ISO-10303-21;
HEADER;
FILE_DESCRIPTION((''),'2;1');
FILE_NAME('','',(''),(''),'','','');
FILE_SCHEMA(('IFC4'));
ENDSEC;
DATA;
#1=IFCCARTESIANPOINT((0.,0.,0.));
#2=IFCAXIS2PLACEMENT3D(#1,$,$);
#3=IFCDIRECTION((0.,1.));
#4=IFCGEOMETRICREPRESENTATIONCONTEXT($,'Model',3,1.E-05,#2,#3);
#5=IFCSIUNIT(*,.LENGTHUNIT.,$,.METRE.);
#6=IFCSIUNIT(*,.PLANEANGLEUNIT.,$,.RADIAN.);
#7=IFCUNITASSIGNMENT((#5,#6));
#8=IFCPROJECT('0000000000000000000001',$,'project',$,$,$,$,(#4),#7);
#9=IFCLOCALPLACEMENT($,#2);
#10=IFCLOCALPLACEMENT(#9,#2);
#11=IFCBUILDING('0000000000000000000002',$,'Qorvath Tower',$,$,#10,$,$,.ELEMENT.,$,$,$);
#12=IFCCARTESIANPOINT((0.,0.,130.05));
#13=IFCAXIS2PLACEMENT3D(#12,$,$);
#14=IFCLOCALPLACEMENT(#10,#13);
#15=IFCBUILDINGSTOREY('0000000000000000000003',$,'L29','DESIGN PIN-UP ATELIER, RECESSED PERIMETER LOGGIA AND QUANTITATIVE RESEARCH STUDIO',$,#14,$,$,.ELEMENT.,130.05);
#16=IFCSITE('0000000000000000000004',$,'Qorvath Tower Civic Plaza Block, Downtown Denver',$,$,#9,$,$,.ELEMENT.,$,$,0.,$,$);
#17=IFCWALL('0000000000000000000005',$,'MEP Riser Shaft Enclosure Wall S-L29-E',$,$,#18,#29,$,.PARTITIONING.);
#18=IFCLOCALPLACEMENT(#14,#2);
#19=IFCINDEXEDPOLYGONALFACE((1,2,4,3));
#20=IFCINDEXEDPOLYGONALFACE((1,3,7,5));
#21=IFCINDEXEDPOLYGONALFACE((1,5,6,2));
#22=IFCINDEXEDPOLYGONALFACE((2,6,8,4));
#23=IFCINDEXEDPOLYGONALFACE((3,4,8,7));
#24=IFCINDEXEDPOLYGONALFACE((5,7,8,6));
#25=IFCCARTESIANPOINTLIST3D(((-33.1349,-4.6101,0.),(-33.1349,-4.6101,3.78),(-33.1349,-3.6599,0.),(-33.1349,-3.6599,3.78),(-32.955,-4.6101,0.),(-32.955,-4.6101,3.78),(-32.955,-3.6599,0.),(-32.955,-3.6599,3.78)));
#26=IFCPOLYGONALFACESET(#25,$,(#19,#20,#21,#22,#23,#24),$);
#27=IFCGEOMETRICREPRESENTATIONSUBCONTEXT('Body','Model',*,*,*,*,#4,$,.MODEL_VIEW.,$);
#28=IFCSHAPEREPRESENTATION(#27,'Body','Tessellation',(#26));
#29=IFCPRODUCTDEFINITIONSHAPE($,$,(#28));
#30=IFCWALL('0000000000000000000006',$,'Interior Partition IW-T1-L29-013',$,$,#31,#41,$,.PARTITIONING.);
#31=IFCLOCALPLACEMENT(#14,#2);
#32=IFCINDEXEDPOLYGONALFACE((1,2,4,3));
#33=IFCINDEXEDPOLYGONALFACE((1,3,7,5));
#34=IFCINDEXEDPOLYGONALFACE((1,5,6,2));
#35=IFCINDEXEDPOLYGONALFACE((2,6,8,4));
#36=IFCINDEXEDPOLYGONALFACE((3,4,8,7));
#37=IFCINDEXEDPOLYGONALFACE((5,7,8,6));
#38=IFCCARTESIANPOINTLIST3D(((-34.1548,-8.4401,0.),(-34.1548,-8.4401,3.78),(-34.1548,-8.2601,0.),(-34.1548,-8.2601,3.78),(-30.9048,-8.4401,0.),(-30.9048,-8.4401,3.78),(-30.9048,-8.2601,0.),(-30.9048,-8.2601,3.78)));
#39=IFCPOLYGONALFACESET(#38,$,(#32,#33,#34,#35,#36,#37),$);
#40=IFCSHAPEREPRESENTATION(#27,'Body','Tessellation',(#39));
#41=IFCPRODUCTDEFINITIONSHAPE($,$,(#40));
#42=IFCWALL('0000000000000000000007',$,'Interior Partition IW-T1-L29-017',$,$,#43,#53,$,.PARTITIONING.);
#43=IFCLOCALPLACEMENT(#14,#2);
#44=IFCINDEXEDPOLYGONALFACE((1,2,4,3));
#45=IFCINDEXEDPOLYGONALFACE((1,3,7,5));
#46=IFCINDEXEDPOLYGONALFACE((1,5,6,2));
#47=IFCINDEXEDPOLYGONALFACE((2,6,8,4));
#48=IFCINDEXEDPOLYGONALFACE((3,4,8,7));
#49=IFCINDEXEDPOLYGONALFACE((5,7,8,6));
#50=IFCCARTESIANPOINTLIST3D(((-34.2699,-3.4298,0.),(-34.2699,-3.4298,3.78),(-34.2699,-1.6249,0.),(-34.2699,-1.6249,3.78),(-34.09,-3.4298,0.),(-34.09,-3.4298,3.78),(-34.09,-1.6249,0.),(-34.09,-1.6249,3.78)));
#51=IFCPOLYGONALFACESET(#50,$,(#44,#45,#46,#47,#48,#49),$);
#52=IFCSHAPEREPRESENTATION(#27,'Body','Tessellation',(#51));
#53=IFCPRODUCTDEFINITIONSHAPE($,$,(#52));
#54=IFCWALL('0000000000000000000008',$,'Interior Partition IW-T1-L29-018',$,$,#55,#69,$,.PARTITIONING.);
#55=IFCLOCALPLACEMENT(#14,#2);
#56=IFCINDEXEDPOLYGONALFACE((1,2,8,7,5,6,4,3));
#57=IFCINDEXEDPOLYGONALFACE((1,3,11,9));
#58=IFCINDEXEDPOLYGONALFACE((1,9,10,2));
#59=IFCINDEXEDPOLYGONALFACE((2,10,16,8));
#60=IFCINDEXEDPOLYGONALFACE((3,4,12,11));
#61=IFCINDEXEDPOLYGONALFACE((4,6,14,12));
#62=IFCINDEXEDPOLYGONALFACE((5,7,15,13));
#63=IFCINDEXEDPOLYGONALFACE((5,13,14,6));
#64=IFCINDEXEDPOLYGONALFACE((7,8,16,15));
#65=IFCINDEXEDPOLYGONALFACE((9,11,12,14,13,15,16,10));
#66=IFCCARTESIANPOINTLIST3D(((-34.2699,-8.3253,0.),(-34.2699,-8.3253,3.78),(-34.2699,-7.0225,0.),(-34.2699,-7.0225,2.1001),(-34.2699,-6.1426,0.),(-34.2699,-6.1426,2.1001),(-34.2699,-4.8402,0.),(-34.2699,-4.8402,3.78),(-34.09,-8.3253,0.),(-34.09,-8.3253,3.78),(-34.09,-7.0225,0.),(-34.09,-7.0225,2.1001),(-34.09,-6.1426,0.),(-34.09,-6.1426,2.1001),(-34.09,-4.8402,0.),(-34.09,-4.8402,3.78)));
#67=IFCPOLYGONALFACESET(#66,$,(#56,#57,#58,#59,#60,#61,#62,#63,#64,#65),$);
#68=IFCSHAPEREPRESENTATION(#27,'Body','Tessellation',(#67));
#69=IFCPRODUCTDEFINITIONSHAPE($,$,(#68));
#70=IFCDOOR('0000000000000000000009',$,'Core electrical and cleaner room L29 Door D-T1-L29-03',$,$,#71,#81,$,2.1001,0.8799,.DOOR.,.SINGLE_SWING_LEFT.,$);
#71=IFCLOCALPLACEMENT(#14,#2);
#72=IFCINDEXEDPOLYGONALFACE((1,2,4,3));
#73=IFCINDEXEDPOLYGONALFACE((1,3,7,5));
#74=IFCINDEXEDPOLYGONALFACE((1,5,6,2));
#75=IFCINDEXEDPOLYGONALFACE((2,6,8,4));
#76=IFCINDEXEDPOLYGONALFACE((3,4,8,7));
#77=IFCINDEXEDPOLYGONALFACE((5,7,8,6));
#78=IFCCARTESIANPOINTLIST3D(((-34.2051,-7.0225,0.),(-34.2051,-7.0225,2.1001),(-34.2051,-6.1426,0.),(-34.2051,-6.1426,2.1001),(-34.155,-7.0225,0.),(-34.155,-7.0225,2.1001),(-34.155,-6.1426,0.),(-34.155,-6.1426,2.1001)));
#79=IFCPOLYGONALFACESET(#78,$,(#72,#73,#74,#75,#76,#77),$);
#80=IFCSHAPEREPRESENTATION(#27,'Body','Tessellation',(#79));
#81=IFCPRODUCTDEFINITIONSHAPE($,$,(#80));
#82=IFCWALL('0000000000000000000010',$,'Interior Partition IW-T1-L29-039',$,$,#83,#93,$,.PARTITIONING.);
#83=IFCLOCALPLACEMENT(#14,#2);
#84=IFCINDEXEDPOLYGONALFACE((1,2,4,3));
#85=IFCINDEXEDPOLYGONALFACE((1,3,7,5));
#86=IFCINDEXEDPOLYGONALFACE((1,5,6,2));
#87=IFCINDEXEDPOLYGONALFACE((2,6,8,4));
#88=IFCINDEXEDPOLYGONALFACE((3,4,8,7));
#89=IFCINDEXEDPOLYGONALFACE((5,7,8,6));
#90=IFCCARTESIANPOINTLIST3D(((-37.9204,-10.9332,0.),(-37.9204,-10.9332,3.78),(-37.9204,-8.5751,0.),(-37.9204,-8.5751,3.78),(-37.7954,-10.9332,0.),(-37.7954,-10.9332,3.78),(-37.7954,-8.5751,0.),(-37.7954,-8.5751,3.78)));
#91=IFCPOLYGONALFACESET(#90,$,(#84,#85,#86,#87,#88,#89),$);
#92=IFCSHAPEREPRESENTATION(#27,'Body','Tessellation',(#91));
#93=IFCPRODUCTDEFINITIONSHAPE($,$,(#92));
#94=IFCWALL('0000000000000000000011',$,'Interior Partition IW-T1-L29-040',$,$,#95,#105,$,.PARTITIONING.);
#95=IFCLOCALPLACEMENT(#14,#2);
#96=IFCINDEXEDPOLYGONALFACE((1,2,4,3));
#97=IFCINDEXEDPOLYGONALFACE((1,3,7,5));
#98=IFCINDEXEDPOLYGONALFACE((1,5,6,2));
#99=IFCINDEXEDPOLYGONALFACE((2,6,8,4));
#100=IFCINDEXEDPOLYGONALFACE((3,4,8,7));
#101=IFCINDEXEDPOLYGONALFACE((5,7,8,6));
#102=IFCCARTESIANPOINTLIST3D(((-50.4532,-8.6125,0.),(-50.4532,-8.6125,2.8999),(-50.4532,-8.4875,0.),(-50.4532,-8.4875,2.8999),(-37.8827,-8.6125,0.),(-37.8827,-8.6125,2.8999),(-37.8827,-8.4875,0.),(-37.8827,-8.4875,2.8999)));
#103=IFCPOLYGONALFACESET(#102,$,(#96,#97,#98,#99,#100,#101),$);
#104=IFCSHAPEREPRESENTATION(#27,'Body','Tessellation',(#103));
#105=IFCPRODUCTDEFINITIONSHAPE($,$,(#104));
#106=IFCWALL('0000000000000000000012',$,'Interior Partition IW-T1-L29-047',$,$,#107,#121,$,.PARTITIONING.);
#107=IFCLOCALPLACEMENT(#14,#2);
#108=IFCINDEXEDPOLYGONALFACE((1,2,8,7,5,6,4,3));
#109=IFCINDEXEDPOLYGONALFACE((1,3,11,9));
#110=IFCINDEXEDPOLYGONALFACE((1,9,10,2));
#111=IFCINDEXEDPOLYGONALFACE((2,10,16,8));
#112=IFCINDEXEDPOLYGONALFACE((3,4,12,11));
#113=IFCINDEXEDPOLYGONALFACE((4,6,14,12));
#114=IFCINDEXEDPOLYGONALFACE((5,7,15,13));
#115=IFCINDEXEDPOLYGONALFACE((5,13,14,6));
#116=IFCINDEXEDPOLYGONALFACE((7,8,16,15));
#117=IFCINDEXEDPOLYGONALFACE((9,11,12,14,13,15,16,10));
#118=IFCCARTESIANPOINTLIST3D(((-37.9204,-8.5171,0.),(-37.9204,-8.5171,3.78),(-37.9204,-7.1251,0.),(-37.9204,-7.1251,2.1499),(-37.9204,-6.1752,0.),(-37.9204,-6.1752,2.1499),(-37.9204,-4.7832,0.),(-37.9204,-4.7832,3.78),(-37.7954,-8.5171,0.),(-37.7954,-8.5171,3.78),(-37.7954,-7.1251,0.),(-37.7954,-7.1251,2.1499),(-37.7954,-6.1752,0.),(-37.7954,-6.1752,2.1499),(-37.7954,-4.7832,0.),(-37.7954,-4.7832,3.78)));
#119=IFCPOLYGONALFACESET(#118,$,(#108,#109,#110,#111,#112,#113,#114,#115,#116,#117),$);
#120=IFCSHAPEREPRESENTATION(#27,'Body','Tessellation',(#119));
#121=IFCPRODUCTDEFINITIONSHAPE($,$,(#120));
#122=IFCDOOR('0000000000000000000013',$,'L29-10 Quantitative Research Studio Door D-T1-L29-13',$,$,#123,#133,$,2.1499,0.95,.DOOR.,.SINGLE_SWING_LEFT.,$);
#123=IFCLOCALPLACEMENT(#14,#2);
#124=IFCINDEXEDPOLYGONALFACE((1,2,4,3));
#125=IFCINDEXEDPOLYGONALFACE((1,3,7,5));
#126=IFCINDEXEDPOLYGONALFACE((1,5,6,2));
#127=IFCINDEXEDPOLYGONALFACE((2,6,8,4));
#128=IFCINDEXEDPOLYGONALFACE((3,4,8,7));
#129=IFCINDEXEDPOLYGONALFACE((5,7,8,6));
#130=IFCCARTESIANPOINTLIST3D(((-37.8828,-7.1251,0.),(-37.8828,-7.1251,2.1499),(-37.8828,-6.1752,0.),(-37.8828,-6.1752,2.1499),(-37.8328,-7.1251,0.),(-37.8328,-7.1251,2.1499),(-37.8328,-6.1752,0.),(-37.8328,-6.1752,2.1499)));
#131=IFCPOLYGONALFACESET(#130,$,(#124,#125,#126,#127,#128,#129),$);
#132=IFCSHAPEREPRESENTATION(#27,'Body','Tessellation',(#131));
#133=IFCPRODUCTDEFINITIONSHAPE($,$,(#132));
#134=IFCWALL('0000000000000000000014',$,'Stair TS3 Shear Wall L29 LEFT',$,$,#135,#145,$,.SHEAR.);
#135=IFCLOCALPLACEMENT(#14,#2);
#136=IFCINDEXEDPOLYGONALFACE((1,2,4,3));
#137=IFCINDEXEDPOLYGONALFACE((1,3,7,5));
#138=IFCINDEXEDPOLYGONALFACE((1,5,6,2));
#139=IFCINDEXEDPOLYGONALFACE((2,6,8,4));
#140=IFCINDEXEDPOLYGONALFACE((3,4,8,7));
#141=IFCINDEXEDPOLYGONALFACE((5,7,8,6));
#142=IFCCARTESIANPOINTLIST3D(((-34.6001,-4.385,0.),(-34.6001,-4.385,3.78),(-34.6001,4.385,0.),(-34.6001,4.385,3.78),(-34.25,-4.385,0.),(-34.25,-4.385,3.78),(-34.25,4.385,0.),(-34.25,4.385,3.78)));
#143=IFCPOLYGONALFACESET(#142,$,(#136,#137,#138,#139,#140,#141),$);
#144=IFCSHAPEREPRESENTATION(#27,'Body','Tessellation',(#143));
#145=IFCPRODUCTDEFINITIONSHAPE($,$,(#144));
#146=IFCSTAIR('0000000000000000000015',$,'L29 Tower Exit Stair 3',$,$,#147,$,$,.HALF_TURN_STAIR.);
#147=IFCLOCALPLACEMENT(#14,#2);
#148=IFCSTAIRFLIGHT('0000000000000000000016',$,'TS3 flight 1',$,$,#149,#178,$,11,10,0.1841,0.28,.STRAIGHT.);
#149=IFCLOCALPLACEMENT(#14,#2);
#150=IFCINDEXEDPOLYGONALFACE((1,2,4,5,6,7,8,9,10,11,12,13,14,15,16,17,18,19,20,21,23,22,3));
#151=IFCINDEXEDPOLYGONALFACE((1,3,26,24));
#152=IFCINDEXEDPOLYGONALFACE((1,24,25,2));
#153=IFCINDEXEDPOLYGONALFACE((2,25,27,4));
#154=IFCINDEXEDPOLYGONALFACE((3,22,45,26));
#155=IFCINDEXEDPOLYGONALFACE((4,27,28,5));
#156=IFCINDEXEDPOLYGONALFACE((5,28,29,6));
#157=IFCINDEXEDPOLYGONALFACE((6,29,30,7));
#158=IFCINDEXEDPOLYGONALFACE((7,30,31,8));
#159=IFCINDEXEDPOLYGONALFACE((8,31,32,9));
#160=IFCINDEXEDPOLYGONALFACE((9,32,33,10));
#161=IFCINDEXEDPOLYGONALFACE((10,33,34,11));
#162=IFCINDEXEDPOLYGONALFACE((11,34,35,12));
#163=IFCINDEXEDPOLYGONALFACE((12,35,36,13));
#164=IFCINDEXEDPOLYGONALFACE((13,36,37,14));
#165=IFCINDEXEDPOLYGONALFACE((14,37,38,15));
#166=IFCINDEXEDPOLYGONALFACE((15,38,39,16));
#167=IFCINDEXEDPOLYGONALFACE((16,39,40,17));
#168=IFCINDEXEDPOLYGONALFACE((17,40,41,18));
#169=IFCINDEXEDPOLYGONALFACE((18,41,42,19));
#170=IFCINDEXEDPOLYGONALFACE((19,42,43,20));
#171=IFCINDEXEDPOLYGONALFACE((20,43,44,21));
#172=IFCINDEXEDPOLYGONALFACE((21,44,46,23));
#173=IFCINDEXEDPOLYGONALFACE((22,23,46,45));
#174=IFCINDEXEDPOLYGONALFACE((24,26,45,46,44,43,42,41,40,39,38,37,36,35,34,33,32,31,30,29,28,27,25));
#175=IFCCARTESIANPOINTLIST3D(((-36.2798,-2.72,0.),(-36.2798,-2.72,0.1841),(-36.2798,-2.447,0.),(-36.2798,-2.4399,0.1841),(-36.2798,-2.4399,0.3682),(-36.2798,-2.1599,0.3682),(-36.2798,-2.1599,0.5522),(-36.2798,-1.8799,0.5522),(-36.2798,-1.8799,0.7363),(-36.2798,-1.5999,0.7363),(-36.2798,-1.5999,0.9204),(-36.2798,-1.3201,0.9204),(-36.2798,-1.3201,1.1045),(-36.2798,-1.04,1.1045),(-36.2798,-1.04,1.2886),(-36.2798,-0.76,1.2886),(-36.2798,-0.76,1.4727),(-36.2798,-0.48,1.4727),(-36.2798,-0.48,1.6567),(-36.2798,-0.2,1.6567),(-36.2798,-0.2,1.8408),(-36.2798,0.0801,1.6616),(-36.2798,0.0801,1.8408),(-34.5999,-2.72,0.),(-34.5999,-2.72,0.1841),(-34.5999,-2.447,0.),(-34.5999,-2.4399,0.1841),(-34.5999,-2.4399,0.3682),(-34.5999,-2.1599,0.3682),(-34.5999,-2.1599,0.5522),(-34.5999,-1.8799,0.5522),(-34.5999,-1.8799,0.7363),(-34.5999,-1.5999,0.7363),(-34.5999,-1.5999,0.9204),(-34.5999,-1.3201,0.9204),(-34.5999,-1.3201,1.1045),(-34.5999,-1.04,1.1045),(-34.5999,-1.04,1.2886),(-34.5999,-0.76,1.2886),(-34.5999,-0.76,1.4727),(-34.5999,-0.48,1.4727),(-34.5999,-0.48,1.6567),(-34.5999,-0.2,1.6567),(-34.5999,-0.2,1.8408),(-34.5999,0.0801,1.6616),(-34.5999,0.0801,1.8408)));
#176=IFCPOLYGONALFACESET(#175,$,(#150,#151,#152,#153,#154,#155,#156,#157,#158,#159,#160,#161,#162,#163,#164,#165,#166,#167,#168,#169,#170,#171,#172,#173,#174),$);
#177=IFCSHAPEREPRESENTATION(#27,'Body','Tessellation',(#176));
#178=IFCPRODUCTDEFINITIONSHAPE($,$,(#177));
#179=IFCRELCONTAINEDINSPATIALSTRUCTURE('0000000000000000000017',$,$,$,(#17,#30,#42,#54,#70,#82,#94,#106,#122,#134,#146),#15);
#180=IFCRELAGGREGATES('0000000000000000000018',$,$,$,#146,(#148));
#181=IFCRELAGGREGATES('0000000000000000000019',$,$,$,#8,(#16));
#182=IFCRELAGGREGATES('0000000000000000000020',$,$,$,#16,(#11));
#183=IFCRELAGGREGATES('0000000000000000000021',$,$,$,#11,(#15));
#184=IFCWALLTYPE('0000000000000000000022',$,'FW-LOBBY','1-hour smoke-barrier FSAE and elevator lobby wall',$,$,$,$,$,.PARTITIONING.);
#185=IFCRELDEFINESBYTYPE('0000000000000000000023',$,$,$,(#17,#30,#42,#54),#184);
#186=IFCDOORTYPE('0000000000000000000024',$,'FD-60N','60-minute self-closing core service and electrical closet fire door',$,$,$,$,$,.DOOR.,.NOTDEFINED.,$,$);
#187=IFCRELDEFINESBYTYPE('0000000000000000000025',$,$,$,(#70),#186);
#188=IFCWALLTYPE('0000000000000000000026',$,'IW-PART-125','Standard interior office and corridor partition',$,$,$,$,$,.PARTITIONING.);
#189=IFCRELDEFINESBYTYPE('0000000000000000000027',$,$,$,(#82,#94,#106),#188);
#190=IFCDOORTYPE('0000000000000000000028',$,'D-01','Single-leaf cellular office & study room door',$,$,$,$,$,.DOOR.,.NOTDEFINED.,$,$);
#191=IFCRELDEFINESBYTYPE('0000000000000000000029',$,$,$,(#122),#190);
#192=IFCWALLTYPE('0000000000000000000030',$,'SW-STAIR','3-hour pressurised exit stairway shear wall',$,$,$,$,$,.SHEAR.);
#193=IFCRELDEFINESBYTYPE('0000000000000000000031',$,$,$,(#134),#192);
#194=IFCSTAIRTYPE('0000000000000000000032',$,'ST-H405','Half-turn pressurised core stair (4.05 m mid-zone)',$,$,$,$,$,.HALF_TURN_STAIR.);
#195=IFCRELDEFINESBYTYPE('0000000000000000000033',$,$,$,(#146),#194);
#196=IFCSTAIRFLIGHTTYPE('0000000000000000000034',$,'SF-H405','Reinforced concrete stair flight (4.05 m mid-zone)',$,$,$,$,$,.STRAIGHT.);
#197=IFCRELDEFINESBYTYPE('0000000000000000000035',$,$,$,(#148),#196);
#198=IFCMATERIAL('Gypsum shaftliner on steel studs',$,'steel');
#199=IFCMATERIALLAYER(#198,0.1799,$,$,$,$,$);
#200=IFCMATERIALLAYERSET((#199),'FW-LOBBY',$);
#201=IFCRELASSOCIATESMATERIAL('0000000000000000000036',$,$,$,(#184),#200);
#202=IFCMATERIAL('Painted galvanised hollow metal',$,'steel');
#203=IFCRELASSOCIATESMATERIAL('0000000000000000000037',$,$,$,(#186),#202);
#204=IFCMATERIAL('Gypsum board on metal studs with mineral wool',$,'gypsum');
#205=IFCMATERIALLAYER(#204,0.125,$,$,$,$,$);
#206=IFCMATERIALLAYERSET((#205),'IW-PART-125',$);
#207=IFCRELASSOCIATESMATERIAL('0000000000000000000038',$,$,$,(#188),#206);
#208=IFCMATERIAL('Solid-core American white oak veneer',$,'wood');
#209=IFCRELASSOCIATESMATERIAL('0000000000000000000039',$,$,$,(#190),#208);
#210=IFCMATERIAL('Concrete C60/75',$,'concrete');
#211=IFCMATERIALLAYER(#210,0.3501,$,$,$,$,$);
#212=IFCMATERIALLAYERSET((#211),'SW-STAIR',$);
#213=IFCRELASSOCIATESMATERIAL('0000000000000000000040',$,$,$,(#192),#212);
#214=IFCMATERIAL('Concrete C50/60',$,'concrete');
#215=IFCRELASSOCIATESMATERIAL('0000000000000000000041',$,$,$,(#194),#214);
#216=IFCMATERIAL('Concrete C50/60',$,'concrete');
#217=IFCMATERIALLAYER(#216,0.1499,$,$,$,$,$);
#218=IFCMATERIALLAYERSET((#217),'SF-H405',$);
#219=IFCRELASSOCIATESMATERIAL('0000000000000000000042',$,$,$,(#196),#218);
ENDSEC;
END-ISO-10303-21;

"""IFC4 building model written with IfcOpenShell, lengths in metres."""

from ifc_helpers import new_model, si_unit, direction, frame, frame_2d, origin, place, context, subcontext, project, spatial, polyline, rectangle, outline, extrude, material, layer, layer_set, type_object, element, fill, aggregate, save


model = new_model("IFC4")

# Units and contexts
model_context = context("Model", 3, precision=1e-05, world=origin(), true_north=direction((0.0, 1.0)))
body_context = subcontext(model_context, "Body", "Model", "MODEL_VIEW")
ifc_project = project(units=[si_unit("LENGTHUNIT", "METRE"), si_unit("PLANEANGLEUNIT", "RADIAN")], contexts=[model_context])

# Site, building, storey
site_placement = place(None, origin())
site = spatial("IfcSite", under=ifc_project, at=site_placement, Name="Qorvath Tower Civic Plaza Block, Downtown Denver", CompositionType="ELEMENT", RefElevation=0.0)
building_placement = place(site_placement, origin())
building = spatial("IfcBuilding", under=site, at=building_placement, Name="Qorvath Tower", CompositionType="ELEMENT")
storey_placement = place(building_placement, frame((0.0, 0.0, 130.05)))
storey = spatial("IfcBuildingStorey", under=building, at=storey_placement, Name="L29", Description="DESIGN PIN-UP ATELIER, RECESSED PERIMETER LOGGIA AND QUANTITATIVE RESEARCH STUDIO", CompositionType="ELEMENT", Elevation=130.05)

# Walls
ifc_material_1 = material(Name="Gypsum shaftliner on steel studs", Category="steel")
ifc_layer_1 = layer(ifc_material_1, 0.1799)
ifc_layer_set_1 = layer_set([ifc_layer_1], Name="FW-LOBBY")
wall_type_1 = type_object("IfcWallType", Name="FW-LOBBY", Description="1-hour smoke-barrier FSAE and elevator lobby wall", PredefinedType="PARTITIONING", material=ifc_layer_set_1)
for number, where, z_axis, x_axis, name in (
    (1, (-33.0449, -3.6599, 0.0), (0.0, 0.0, 1.0), (0.0, -1.0, 0.0), "MEP Riser Shaft Enclosure Wall S-L29-E"),
):
    element("IfcWall", number, at=place(storey_placement, frame(where, z_axis=z_axis, x_axis=x_axis)), inside=storey, type_object=wall_type_1, Name=name, PredefinedType="PARTITIONING", context=body_context, shape_type="SweptSolid", body=[
        extrude(rectangle(XDim=0.9502, YDim=0.1799, at=frame_2d((0.4751, 0.0))), origin(), (0.0, 0.0, 1.0), 3.78),
    ])
wall_1_placement = place(storey_placement, frame((-34.1548, -8.3501, 0.0), z_axis=(0.0, 0.0, 1.0), x_axis=(1.0, 0.0, 0.0)))
element("IfcWall", 2, at=wall_1_placement, inside=storey, type_object=wall_type_1, Name="Interior Partition IW-T1-L29-013", PredefinedType="PARTITIONING", context=body_context, shape_type="SweptSolid", body=[
    extrude(rectangle(XDim=3.25, YDim=0.1799, at=frame_2d((1.625, 0.0))), origin(), (0.0, 0.0, 1.0), 3.78),
])
wall_2_placement = place(storey_placement, frame((-34.1799, -1.625, 0.0), z_axis=(0.0, 0.0, 1.0), x_axis=(0.0, -1.0, 0.0)))
element("IfcWall", 3, at=wall_2_placement, inside=storey, type_object=wall_type_1, Name="Interior Partition IW-T1-L29-017", PredefinedType="PARTITIONING", context=body_context, shape_type="SweptSolid", body=[
    extrude(rectangle(XDim=1.8049, YDim=0.1799, at=frame_2d((0.9023, 0.0))), origin(), (0.0, 0.0, 1.0), 3.78),
])

# Wall, opening, door
wall_3_placement = place(storey_placement, frame((-34.1799, -4.8401, 0.0), z_axis=(0.0, 0.0, 1.0), x_axis=(0.0, -1.0, 0.0)))
wall_3 = element("IfcWall", 4, at=wall_3_placement, inside=storey, type_object=wall_type_1, Name="Interior Partition IW-T1-L29-018", PredefinedType="PARTITIONING", context=body_context, shape_type="SweptSolid", body=[
    extrude(rectangle(XDim=3.4851, YDim=0.1799, at=frame_2d((1.7427, 0.0))), origin(), (0.0, 0.0, 1.0), 3.78),
])
opening_1_placement = place(wall_3_placement, frame((1.3025, 0.0, 0.0)))
opening_1 = element("IfcOpeningElement", 5, at=opening_1_placement, cuts=wall_3, PredefinedType="OPENING", context=body_context, shape_type="SweptSolid", body=[
    extrude(rectangle(XDim=0.8799, YDim=2.1001, at=frame_2d((0.4399, 1.05))), frame((0.0, 0.1001, 0.0), z_axis=(0.0, -1.0, 0.0), x_axis=(1.0, 0.0, 0.0)), (0.0, 0.0, 1.0), 0.2),
])
ifc_material_2 = material(Name="Painted galvanised hollow metal", Category="steel")
door_type_1 = type_object("IfcDoorType", Name="FD-60N", Description="60-minute self-closing core service and electrical closet fire door", OperationType="NOTDEFINED", PredefinedType="DOOR", material=ifc_material_2)
door_1_placement = place(opening_1_placement, origin())
door_1 = element("IfcDoor", 6, at=door_1_placement, inside=storey, type_object=door_type_1, Name="Core electrical and cleaner room L29 Door D-T1-L29-03", OperationType="SINGLE_SWING_LEFT", OverallHeight=2.1001, OverallWidth=0.8799, PredefinedType="DOOR", context=body_context, shape_type="SweptSolid", body=[
    extrude(rectangle(XDim=0.8799, YDim=2.1001, at=frame_2d((0.4399, 1.05))), frame((0.0, 0.0249, 0.0), z_axis=(0.0, -1.0, 0.0), x_axis=(1.0, 0.0, 0.0)), (0.0, 0.0, 1.0), 0.05),
])
fill(opening_1, door_1)

# Walls
ifc_material_3 = material(Name="Gypsum board on metal studs with mineral wool", Category="gypsum")
ifc_layer_2 = layer(ifc_material_3, 0.125)
ifc_layer_set_2 = layer_set([ifc_layer_2], Name="IW-PART-125")
wall_type_2 = type_object("IfcWallType", Name="IW-PART-125", Description="Standard interior office and corridor partition", PredefinedType="PARTITIONING", material=ifc_layer_set_2)
wall_4_placement = place(storey_placement, frame((-37.8579, -8.575, 0.0), z_axis=(0.0, 0.0, 1.0), x_axis=(0.0, -1.0, 0.0)))
element("IfcWall", 7, at=wall_4_placement, inside=storey, type_object=wall_type_2, Name="Interior Partition IW-T1-L29-039", PredefinedType="PARTITIONING", context=body_context, shape_type="SweptSolid", body=[
    extrude(rectangle(XDim=2.3582, YDim=0.125, at=frame_2d((1.1792, 0.0))), origin(), (0.0, 0.0, 1.0), 3.78),
])
wall_5_placement = place(storey_placement, frame((-37.8828, -8.55, 0.0), z_axis=(0.0, 0.0, 1.0), x_axis=(-1.0, 0.0, 0.0)))
element("IfcWall", 8, at=wall_5_placement, inside=storey, type_object=wall_type_2, Name="Interior Partition IW-T1-L29-040", PredefinedType="PARTITIONING", context=body_context, shape_type="SweptSolid", body=[
    extrude(rectangle(XDim=12.5706, YDim=0.125, at=frame_2d((6.2852, 0.0))), origin(), (0.0, 0.0, 1.0), 2.8999),
])

# Wall, opening, door
wall_6_placement = place(storey_placement, frame((-37.8579, -8.5171, 0.0), z_axis=(0.0, 0.0, 1.0), x_axis=(0.0, 1.0, 0.0)))
wall_6 = element("IfcWall", 9, at=wall_6_placement, inside=storey, type_object=wall_type_2, Name="Interior Partition IW-T1-L29-047", PredefinedType="PARTITIONING", context=body_context, shape_type="SweptSolid", body=[
    extrude(rectangle(XDim=3.7339, YDim=0.125, at=frame_2d((1.8669, 0.0))), origin(), (0.0, 0.0, 1.0), 3.78),
])
opening_2_placement = place(wall_6_placement, frame((1.3918, 0.0, 0.0)))
opening_2 = element("IfcOpeningElement", 10, at=opening_2_placement, cuts=wall_6, PredefinedType="OPENING", context=body_context, shape_type="SweptSolid", body=[
    extrude(rectangle(XDim=0.95, YDim=2.1499, at=frame_2d((0.4751, 1.075))), frame((0.0, 0.0725, 0.0), z_axis=(0.0, -1.0, 0.0), x_axis=(1.0, 0.0, 0.0)), (0.0, 0.0, 1.0), 0.145),
])
ifc_material_4 = material(Name="Solid-core American white oak veneer", Category="wood")
door_type_2 = type_object("IfcDoorType", Name="D-01", Description="Single-leaf cellular office & study room door", OperationType="NOTDEFINED", PredefinedType="DOOR", material=ifc_material_4)
door_2_placement = place(opening_2_placement, origin())
door_2 = element("IfcDoor", 11, at=door_2_placement, inside=storey, type_object=door_type_2, Name="L29-10 Quantitative Research Studio Door D-T1-L29-13", OperationType="SINGLE_SWING_LEFT", OverallHeight=2.1499, OverallWidth=0.95, PredefinedType="DOOR", context=body_context, shape_type="SweptSolid", body=[
    extrude(rectangle(XDim=0.95, YDim=2.1499, at=frame_2d((0.4751, 1.075))), frame((0.0, 0.0249, 0.0), z_axis=(0.0, -1.0, 0.0), x_axis=(1.0, 0.0, 0.0)), (0.0, 0.0, 1.0), 0.05),
])
fill(opening_2, door_2)

# Wall
ifc_material_5 = material(Name="Concrete C60/75", Category="concrete")
ifc_layer_3 = layer(ifc_material_5, 0.3501)
ifc_layer_set_3 = layer_set([ifc_layer_3], Name="SW-STAIR")
wall_type_3 = type_object("IfcWallType", Name="SW-STAIR", Description="3-hour pressurised exit stairway shear wall", PredefinedType="SHEAR", material=ifc_layer_set_3)
wall_7_placement = place(storey_placement, frame((-34.425, -4.385, 0.0), z_axis=(0.0, 0.0, 1.0), x_axis=(0.0, 1.0, 0.0)))
element("IfcWall", 12, at=wall_7_placement, inside=storey, type_object=wall_type_3, Name="Stair TS3 Shear Wall L29 LEFT", PredefinedType="SHEAR", context=body_context, shape_type="SweptSolid", body=[
    extrude(rectangle(XDim=8.77, YDim=0.3501, at=frame_2d((4.385, 0.0))), origin(), (0.0, 0.0, 1.0), 3.78),
])

# Stair, stair flight
ifc_material_6 = material(Name="Concrete C50/60", Category="concrete")
stair_type = type_object("IfcStairType", Name="ST-H405", Description="Half-turn pressurised core stair (4.05 m mid-zone)", PredefinedType="HALF_TURN_STAIR", material=ifc_material_6)
stair_placement = place(storey_placement, origin())
stair = element("IfcStair", 13, at=stair_placement, inside=storey, type_object=stair_type, Name="L29 Tower Exit Stair 3", PredefinedType="HALF_TURN_STAIR")
ifc_material_7 = material(Name="Concrete C50/60", Category="concrete")
ifc_layer_4 = layer(ifc_material_7, 0.1499)
ifc_layer_set_4 = layer_set([ifc_layer_4], Name="SF-H405")
stair_flight_type = type_object("IfcStairFlightType", Name="SF-H405", Description="Reinforced concrete stair flight (4.05 m mid-zone)", PredefinedType="STRAIGHT", material=ifc_layer_set_4)
stair_flight_1_placement = place(storey_placement, frame((-35.4399, -2.72, 0.0), z_axis=(0.0, 0.0, 1.0), x_axis=(0.0, 1.0, 0.0)))
stair_flight_1 = element("IfcStairFlight", 14, at=stair_flight_1_placement, type_object=stair_flight_type, Name="TS3 flight 1", NumberOfRisers=11, NumberOfTreads=10, PredefinedType="STRAIGHT", RiserHeight=0.1841, TreadLength=0.28, context=body_context, shape_type="SweptSolid", body=[
    extrude(outline(polyline([(0.0, 0.0), (0.0, 0.1841), (0.28, 0.1841), (0.28, 0.3682), (0.5601, 0.3682), (0.5601, 0.5522), (0.8401, 0.5522), (0.8401, 0.7363), (1.1201, 0.7363), (1.1201, 0.9204), (1.3999, 0.9204), (1.3999, 1.1045), (1.6799, 1.1045), (1.6799, 1.2886), (1.96, 1.2886), (1.96, 1.4727), (2.24, 1.4727), (2.24, 1.6567), (2.52, 1.6567), (2.52, 1.8408), (2.8, 1.8408), (2.8, 2.0249), (2.8, 1.6616), (0.2729, 0.0), (0.0, 0.0)])), frame((0.0, 0.8398, 0.0), z_axis=(0.0, -1.0, 0.0), x_axis=(1.0, 0.0, 0.0)), (0.0, 0.0, 1.0), 1.6799),
])
aggregate(stair, [stair_flight_1])

save(model, "model.ifc")
